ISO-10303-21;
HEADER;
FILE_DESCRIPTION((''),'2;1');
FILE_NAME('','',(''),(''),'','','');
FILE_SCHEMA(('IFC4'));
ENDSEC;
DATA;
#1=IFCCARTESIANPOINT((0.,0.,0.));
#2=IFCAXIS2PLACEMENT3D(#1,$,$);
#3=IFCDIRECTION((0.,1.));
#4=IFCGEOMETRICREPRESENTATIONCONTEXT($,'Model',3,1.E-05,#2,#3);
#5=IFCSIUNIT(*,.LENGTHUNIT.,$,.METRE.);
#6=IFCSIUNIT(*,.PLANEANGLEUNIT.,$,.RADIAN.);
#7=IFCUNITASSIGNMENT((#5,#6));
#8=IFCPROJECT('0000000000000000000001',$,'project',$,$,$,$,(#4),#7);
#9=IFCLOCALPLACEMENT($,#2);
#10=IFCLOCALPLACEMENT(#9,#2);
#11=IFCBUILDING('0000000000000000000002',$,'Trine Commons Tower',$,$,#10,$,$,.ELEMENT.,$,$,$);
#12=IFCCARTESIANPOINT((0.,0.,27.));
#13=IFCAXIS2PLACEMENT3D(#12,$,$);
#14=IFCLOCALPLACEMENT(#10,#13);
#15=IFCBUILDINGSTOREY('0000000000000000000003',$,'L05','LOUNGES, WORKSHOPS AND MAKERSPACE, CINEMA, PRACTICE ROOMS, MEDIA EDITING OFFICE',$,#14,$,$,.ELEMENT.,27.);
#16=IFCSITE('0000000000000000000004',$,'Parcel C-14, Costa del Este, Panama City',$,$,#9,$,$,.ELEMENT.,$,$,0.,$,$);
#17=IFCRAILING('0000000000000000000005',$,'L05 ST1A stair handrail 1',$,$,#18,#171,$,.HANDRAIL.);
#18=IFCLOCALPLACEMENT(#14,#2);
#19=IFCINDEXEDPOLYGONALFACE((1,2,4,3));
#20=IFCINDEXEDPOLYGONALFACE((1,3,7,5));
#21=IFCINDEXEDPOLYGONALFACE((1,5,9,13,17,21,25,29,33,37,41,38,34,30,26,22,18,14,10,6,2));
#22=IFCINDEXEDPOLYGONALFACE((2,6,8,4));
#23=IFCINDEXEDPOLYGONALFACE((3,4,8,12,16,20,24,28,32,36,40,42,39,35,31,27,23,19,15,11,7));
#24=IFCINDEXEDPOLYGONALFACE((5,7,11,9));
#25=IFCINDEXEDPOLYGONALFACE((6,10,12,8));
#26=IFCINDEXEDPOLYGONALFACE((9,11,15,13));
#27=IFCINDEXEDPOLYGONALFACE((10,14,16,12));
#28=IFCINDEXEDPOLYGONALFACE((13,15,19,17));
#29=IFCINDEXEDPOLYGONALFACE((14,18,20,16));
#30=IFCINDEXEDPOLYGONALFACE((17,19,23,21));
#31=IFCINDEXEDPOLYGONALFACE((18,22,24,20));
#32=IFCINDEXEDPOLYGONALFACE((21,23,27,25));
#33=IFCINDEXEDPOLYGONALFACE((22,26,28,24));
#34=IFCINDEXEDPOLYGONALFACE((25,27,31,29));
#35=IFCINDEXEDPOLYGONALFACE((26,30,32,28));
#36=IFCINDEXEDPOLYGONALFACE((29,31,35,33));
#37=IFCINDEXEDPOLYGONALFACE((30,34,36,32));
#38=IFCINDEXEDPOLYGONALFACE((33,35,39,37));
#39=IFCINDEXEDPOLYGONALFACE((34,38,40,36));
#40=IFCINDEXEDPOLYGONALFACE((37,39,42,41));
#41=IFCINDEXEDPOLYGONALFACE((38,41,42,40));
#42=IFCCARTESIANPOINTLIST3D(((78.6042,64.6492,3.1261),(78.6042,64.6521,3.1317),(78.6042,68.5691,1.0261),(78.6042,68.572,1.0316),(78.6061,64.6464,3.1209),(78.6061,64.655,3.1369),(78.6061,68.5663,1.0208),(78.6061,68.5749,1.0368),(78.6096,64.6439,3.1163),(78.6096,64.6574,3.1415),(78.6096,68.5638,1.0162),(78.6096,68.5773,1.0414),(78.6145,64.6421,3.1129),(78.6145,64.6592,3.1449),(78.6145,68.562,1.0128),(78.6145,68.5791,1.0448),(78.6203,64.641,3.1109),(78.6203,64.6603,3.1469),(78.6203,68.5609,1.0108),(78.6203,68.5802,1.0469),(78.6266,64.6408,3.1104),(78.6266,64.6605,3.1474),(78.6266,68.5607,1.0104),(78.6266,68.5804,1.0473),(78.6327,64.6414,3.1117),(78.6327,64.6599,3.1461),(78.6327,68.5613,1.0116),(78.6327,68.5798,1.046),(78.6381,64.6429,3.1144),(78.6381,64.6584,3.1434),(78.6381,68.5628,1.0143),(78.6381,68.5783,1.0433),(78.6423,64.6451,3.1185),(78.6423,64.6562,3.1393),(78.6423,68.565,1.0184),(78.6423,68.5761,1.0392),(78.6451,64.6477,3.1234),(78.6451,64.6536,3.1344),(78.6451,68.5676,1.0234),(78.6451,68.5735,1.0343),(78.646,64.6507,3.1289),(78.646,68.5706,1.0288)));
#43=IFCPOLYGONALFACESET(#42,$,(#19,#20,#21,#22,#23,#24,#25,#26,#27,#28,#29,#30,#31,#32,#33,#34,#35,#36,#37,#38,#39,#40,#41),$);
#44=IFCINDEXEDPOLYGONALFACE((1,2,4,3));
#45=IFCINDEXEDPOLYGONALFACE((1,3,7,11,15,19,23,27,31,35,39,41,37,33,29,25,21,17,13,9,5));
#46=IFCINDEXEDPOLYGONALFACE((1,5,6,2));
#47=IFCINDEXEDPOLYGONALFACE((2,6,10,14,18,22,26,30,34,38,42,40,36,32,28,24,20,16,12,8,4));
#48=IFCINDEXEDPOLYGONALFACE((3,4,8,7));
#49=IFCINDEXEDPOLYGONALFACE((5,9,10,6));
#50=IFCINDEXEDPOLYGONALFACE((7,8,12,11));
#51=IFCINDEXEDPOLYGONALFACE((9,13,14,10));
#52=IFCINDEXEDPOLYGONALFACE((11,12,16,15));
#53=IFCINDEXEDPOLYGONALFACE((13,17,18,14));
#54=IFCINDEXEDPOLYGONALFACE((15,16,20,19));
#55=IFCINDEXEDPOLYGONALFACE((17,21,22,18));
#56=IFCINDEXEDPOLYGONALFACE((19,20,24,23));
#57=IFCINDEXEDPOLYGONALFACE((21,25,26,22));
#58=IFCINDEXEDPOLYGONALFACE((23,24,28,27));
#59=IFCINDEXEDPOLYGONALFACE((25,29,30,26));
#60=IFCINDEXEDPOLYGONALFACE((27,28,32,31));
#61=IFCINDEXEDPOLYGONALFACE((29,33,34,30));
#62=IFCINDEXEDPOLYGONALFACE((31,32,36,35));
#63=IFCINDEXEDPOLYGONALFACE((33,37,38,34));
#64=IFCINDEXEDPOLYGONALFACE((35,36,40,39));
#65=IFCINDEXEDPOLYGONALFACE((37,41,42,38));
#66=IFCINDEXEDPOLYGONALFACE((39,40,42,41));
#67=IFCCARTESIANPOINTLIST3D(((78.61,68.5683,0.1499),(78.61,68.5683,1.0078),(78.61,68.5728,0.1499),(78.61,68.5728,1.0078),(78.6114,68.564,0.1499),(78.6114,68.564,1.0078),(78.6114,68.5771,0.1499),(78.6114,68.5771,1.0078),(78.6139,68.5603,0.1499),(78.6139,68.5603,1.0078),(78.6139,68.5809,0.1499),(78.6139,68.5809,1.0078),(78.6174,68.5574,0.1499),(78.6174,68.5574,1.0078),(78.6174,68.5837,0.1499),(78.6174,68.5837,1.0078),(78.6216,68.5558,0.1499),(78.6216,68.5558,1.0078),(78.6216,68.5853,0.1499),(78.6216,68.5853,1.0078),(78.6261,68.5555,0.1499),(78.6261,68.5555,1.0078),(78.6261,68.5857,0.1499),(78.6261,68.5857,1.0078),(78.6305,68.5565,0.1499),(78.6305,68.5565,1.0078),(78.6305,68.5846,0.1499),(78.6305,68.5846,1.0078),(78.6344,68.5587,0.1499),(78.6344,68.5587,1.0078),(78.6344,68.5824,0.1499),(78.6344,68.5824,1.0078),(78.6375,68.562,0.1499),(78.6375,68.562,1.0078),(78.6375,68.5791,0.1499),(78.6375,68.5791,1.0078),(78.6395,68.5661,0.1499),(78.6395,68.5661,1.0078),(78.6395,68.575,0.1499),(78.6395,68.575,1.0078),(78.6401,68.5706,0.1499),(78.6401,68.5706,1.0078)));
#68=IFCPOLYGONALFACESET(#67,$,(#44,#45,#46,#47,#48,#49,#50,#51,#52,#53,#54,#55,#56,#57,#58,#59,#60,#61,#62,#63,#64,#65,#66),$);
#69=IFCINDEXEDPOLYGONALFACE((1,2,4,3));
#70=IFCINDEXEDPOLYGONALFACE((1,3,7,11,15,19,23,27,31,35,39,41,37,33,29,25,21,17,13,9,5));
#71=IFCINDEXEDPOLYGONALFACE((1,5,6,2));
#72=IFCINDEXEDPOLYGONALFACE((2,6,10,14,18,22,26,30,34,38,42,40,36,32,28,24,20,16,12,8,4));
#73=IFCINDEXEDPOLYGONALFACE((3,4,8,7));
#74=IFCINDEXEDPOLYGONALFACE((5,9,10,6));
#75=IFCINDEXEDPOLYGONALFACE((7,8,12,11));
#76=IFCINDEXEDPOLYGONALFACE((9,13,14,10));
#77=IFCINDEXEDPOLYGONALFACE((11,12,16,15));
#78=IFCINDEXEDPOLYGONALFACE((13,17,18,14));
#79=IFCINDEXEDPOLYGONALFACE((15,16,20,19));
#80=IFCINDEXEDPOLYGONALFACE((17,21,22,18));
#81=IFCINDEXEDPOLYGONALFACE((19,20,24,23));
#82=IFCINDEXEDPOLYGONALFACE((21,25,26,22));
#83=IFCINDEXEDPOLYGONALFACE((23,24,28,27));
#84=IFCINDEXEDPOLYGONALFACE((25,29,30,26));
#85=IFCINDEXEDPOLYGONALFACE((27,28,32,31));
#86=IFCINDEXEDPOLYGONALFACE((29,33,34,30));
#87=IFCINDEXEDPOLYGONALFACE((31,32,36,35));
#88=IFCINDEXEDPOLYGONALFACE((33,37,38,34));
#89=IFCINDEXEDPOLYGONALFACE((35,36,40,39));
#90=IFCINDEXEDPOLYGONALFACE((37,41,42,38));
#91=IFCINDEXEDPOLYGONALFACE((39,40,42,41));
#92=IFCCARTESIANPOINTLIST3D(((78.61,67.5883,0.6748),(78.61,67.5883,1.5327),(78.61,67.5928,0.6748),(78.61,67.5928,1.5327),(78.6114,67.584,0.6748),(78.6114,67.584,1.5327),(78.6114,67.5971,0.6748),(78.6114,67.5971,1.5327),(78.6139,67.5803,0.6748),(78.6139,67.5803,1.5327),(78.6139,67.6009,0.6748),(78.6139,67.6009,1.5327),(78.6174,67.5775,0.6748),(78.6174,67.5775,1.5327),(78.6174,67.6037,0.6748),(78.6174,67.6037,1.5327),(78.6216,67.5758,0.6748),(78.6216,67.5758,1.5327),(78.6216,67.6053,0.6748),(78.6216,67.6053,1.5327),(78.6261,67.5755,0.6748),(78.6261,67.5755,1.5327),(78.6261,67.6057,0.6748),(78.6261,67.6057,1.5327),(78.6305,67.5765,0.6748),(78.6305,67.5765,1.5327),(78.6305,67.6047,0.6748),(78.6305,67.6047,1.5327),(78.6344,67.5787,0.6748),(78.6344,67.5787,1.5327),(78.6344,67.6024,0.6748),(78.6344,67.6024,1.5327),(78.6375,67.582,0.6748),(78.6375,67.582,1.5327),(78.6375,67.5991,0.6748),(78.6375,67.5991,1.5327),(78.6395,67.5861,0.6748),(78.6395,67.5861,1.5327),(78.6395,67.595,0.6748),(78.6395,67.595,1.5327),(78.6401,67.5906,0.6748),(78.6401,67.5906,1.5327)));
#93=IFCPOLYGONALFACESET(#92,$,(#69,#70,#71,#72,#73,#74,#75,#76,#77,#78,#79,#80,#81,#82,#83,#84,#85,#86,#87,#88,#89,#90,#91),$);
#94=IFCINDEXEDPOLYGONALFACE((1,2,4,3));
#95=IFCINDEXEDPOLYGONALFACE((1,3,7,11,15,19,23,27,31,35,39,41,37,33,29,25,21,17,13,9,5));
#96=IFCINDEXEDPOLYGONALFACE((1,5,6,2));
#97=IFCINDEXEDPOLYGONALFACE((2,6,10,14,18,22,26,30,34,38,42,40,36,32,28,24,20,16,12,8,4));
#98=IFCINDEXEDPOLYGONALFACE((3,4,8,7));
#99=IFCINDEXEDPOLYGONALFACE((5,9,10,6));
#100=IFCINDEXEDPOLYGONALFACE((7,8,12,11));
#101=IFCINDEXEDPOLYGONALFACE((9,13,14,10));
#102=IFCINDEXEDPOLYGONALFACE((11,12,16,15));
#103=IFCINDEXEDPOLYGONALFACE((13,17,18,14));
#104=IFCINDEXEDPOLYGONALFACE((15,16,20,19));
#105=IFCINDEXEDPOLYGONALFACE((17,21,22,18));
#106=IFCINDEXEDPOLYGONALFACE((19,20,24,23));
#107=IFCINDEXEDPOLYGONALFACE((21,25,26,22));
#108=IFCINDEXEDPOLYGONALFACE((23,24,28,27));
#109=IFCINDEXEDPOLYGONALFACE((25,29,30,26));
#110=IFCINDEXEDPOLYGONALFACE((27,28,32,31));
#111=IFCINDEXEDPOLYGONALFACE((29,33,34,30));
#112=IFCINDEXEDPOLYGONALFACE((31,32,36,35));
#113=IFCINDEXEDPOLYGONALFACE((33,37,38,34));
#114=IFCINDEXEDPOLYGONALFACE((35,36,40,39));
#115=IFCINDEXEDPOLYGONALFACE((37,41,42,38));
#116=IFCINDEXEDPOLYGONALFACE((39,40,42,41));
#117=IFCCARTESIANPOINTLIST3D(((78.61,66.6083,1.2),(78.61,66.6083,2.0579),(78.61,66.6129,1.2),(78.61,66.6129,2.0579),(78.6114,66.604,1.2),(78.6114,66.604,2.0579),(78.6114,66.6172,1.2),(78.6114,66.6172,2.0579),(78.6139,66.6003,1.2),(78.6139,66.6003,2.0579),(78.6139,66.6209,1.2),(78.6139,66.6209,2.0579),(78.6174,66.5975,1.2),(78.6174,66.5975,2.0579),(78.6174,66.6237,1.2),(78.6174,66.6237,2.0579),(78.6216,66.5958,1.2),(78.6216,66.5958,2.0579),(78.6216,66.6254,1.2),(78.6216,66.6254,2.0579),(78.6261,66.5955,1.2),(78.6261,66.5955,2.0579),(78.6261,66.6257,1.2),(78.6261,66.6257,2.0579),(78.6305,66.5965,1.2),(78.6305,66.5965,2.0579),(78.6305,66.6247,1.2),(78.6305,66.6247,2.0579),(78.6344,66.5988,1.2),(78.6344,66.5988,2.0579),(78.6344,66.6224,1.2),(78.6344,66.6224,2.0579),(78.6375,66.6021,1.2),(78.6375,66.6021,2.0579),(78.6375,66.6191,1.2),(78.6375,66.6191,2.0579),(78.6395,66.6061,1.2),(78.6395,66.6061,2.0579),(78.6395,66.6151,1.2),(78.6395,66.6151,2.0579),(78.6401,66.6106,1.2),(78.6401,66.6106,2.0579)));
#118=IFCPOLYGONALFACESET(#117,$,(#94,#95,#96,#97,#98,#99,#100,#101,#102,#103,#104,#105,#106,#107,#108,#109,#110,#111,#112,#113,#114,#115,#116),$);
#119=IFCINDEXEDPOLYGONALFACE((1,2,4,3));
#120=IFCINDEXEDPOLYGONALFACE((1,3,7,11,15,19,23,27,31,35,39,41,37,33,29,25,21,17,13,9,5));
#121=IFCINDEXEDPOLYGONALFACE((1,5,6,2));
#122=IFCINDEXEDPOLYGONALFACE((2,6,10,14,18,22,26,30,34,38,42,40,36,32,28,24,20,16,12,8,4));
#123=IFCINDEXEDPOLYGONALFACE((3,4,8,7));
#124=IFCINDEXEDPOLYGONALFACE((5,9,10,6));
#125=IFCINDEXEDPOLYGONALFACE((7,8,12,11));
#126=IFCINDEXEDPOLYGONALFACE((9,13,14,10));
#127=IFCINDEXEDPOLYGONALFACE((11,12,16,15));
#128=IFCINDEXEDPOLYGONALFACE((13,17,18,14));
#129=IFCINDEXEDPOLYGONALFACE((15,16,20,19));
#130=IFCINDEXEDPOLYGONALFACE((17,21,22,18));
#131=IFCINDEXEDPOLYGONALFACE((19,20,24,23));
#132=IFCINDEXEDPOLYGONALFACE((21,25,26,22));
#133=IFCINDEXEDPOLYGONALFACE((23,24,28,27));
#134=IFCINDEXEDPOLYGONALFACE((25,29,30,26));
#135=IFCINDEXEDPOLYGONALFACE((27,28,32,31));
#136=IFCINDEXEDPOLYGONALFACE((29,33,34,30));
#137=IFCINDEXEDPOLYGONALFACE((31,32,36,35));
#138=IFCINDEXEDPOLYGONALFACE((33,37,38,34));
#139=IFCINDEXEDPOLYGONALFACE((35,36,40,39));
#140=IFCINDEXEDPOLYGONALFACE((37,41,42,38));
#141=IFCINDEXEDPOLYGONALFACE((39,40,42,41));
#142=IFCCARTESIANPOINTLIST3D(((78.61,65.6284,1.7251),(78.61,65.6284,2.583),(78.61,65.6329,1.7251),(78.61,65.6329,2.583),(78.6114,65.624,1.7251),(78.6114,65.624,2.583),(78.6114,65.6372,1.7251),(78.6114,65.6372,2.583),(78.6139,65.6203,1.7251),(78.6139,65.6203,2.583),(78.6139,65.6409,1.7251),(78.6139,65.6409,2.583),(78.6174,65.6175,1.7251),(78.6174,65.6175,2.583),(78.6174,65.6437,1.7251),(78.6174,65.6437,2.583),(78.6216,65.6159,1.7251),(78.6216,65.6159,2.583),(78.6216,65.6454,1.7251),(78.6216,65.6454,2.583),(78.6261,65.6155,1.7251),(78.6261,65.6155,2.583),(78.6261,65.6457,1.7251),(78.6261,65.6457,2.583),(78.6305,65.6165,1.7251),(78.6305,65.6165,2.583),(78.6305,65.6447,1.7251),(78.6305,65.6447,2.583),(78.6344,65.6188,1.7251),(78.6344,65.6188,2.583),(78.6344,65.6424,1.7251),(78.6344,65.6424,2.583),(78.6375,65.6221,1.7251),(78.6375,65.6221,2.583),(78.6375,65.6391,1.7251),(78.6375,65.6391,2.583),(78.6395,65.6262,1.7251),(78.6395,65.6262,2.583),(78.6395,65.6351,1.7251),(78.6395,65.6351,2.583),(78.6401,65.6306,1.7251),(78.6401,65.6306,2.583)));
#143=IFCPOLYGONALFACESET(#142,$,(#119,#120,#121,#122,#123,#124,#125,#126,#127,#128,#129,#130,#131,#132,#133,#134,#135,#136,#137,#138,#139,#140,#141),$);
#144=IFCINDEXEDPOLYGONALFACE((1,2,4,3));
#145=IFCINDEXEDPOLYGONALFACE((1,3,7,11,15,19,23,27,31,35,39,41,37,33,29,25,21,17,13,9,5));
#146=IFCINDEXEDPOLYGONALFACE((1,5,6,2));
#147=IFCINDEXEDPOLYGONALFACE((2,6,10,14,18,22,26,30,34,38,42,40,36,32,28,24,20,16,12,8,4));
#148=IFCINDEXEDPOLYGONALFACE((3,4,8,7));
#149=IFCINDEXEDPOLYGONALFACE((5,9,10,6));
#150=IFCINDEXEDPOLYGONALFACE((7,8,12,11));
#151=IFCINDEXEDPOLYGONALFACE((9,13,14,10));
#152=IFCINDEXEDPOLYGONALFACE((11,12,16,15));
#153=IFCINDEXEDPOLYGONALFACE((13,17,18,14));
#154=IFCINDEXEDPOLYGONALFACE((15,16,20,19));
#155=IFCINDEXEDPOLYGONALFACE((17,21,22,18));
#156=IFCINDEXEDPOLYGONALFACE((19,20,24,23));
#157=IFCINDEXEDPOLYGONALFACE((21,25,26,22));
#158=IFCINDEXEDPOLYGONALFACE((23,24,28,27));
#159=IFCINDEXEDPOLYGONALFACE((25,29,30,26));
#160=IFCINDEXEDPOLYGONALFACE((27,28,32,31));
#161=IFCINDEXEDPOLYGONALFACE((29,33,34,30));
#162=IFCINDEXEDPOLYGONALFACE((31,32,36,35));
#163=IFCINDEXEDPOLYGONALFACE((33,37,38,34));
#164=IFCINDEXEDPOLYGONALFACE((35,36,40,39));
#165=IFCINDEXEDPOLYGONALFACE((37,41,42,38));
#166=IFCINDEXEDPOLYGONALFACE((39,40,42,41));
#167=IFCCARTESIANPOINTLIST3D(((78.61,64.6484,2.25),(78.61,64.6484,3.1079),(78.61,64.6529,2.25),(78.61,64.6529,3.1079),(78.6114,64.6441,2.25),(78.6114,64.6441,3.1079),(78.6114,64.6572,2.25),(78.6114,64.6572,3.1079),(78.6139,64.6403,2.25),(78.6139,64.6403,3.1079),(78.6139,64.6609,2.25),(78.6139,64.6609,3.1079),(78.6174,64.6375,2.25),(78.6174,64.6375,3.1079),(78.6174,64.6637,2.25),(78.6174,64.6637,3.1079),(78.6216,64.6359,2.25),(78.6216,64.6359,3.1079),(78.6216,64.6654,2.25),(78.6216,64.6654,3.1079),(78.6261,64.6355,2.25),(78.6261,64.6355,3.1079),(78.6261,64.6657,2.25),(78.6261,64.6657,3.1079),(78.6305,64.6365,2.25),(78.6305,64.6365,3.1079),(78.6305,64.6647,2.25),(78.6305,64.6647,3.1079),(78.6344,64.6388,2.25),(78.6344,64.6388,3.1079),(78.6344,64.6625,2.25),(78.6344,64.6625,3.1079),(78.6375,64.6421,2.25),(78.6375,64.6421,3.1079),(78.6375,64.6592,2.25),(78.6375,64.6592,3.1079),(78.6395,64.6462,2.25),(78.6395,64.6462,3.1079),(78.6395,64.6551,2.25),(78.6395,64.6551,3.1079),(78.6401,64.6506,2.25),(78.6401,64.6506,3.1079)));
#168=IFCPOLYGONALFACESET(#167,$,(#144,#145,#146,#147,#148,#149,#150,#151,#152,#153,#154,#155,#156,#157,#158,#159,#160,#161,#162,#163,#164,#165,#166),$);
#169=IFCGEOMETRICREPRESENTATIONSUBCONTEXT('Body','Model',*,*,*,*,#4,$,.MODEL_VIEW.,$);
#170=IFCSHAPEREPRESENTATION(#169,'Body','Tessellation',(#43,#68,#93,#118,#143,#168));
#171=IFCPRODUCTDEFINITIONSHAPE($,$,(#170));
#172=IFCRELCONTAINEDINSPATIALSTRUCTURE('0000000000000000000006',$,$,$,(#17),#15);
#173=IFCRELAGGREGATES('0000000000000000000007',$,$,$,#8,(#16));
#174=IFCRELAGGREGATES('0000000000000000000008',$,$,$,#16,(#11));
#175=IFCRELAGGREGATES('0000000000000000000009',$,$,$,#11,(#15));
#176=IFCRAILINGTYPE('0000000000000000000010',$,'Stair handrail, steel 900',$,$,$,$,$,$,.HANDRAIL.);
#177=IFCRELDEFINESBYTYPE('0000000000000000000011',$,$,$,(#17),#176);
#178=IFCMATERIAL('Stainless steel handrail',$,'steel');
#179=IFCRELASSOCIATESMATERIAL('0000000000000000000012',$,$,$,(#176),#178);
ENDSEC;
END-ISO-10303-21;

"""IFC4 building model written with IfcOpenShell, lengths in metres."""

from ifc_helpers import new_model, si_unit, direction, frame, origin, origin_2d, place, context, subcontext, project, spatial, circle, extrude, material, type_object, element, save


model = new_model("IFC4")

# Units and contexts
model_context = context("Model", 3, precision=1e-05, world=origin(), true_north=direction((0.0, 1.0)))
body_context = subcontext(model_context, "Body", "Model", "MODEL_VIEW")
ifc_project = project(units=[si_unit("LENGTHUNIT", "METRE"), si_unit("PLANEANGLEUNIT", "RADIAN")], contexts=[model_context])

# Site, building, storey
site_placement = place(None, origin())
site = spatial("IfcSite", under=ifc_project, at=site_placement, Name="Parcel C-14, Costa del Este, Panama City", CompositionType="ELEMENT", RefElevation=0.0)
building_placement = place(site_placement, origin())
building = spatial("IfcBuilding", under=site, at=building_placement, Name="Trine Commons Tower", CompositionType="ELEMENT")
storey_placement = place(building_placement, frame((0.0, 0.0, 27.0)))
storey = spatial("IfcBuildingStorey", under=building, at=storey_placement, Name="L05", Description="LOUNGES, WORKSHOPS AND MAKERSPACE, CINEMA, PRACTICE ROOMS, MEDIA EDITING OFFICE", CompositionType="ELEMENT", Elevation=27.0)

# Railing
ifc_material_1 = material(Name="Stainless steel handrail", Category="steel")
railing_type_1 = type_object("IfcRailingType", Name="Stair handrail, steel 900", PredefinedType="HANDRAIL", material=ifc_material_1)
railing_1_placement = place(storey_placement, frame((78.625, 68.5706, 0.1499)))
element("IfcRailing", 1, at=railing_1_placement, inside=storey, type_object=railing_type_1, Name="L05 ST1A stair handrail 1", PredefinedType="HANDRAIL", context=body_context, shape_type="SweptSolid", body=[
    extrude(circle(Radius=0.021, at=origin_2d()), frame((0.0, 0.0, 0.8789), z_axis=(0.0, -0.881467, 0.472246), x_axis=(1.0, 0.0, 0.0)), (0.0, 0.0, 1.0), 4.447),
    extrude(circle(Radius=0.0151, at=origin_2d()), origin(), (0.0, 0.0, 1.0), 0.8579),
    extrude(circle(Radius=0.0151, at=origin_2d()), frame((0.0, -0.98, 0.5249)), (0.0, 0.0, 1.0), 0.8579),
    extrude(circle(Radius=0.0151, at=origin_2d()), frame((0.0, -1.96, 1.05)), (0.0, 0.0, 1.0), 0.8579),
    extrude(circle(Radius=0.0151, at=origin_2d()), frame((0.0, -2.9399, 1.5752)), (0.0, 0.0, 1.0), 0.8579),
    extrude(circle(Radius=0.0151, at=origin_2d()), frame((0.0, -3.9199, 2.1001)), (0.0, 0.0, 1.0), 0.8579),
])

save(model, "model.ifc")
